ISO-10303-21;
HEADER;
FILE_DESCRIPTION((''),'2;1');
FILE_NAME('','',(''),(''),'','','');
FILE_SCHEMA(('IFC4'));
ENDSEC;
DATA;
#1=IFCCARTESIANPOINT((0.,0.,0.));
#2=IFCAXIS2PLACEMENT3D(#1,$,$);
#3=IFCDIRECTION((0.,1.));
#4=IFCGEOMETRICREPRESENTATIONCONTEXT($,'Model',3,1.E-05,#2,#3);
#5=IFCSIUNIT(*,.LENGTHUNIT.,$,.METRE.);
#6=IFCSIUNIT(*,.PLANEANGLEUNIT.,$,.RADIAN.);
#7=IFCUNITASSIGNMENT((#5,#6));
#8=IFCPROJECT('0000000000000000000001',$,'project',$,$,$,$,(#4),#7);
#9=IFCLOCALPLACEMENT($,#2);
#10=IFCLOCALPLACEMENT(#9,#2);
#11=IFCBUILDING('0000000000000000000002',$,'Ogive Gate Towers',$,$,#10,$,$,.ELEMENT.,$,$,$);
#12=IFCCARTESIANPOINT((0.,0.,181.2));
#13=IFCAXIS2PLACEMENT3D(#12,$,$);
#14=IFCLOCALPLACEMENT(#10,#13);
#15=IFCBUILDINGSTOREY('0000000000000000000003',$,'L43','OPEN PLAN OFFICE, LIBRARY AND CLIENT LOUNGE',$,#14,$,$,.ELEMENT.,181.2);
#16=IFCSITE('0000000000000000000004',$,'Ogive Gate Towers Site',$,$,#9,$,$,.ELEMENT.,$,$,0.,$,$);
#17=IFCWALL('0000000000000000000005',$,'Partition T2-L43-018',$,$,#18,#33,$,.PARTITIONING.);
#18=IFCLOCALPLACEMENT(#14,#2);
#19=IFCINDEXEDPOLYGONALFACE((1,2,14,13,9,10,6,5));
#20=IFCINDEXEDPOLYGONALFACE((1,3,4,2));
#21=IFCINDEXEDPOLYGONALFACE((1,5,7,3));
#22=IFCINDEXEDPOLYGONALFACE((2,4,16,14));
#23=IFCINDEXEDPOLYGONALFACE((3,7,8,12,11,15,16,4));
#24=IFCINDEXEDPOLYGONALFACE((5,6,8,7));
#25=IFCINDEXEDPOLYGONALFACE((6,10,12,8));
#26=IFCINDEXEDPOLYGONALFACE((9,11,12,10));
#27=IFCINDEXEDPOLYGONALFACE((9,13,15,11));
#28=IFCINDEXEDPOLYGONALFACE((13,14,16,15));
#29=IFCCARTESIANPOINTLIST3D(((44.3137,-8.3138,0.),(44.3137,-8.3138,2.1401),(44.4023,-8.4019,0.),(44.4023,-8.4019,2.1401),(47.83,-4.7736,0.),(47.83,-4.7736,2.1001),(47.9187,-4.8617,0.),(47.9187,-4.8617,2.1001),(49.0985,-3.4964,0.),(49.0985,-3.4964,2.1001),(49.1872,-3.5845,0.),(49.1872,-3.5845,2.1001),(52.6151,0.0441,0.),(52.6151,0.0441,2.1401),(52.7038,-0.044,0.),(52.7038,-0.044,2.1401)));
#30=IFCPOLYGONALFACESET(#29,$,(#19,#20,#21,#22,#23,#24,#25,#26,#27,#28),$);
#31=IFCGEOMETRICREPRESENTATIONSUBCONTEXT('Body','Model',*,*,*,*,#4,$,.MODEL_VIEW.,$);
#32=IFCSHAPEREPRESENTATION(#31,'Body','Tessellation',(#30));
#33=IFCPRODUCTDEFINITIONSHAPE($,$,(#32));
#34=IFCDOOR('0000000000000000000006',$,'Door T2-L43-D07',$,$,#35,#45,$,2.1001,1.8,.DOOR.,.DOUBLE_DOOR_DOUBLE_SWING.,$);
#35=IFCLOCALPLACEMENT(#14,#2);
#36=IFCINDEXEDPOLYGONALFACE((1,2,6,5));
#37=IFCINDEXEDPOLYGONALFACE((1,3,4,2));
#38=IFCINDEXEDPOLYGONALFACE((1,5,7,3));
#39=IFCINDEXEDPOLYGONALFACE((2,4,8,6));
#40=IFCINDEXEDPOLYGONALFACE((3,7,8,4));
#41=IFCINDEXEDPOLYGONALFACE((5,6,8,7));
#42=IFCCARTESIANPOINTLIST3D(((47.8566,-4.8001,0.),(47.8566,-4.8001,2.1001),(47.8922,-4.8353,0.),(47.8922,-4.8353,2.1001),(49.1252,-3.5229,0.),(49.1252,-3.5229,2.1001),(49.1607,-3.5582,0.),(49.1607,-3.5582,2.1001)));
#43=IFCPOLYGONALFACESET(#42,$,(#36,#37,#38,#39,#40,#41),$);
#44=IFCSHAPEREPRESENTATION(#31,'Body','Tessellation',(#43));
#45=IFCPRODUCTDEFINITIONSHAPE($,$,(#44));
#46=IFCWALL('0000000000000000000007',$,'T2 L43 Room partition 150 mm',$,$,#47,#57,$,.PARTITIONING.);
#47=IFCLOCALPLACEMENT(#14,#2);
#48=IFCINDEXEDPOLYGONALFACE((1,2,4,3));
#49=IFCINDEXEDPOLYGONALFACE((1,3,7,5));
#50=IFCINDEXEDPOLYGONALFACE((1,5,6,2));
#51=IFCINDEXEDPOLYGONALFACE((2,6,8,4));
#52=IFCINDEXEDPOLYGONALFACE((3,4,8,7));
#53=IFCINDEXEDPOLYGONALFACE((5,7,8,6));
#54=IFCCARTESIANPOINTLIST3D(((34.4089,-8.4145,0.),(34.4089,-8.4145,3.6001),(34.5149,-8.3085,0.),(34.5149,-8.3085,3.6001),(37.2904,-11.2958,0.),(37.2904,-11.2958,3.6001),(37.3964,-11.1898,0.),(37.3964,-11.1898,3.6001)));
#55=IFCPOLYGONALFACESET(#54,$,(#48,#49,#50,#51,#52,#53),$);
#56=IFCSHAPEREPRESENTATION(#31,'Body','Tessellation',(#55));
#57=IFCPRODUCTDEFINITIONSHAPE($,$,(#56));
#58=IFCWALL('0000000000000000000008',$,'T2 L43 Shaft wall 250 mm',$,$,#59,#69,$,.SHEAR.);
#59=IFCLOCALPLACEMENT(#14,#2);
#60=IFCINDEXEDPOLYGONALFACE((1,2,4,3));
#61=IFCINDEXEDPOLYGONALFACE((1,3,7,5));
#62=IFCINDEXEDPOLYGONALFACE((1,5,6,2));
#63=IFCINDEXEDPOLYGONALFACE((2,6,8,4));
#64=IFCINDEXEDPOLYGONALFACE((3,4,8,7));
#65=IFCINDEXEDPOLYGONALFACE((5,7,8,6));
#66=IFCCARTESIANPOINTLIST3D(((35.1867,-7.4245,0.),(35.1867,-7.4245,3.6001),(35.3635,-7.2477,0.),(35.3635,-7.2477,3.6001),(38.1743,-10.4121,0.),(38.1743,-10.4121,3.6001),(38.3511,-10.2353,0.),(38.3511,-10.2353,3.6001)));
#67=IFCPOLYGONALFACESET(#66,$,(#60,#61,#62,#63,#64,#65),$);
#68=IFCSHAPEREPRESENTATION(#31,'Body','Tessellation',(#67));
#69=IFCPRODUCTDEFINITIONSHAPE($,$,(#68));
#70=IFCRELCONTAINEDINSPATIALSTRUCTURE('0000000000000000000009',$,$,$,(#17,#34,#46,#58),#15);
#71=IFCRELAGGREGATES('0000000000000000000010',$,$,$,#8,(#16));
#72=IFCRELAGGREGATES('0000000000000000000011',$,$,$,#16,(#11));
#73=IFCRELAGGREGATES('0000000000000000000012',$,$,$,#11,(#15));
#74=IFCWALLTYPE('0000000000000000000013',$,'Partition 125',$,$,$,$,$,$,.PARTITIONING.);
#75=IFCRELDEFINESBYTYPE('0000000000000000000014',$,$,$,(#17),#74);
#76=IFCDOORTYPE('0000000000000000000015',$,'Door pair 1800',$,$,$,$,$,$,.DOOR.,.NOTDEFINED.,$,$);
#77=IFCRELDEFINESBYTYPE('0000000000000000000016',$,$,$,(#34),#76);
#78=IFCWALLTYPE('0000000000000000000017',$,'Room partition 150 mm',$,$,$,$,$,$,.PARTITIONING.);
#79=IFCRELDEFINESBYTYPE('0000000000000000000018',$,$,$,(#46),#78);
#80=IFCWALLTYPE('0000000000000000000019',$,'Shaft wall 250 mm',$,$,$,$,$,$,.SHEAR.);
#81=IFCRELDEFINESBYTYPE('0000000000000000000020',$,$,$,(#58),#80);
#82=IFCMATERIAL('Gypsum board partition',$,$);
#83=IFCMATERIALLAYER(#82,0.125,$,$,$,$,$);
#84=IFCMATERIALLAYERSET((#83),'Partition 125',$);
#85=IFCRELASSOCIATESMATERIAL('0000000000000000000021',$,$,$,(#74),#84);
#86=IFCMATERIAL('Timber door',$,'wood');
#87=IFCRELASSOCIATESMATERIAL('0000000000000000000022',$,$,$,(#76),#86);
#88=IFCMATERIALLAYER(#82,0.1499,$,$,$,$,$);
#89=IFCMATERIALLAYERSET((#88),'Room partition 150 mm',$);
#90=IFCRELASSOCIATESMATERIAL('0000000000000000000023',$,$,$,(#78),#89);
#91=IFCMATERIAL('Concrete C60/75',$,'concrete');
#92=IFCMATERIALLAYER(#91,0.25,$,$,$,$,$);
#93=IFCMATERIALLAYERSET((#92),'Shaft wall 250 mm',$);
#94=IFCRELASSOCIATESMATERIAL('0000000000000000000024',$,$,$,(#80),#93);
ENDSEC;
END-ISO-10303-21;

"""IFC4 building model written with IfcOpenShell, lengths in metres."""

from ifc_helpers import new_model, si_unit, direction, frame, frame_2d, origin, place, context, subcontext, project, spatial, rectangle, extrude, material, layer, layer_set, type_object, element, fill, save


model = new_model("IFC4")

# Units and contexts
model_context = context("Model", 3, precision=1e-05, world=origin(), true_north=direction((0.0, 1.0)))
body_context = subcontext(model_context, "Body", "Model", "MODEL_VIEW")
ifc_project = project(units=[si_unit("LENGTHUNIT", "METRE"), si_unit("PLANEANGLEUNIT", "RADIAN")], contexts=[model_context])

# Site, building, storey
site_placement = place(None, origin())
site = spatial("IfcSite", under=ifc_project, at=site_placement, Name="Ogive Gate Towers Site", CompositionType="ELEMENT", RefElevation=0.0)
building_placement = place(site_placement, origin())
building = spatial("IfcBuilding", under=site, at=building_placement, Name="Ogive Gate Towers", CompositionType="ELEMENT")
storey_placement = place(building_placement, frame((0.0, 0.0, 181.2)))
storey = spatial("IfcBuildingStorey", under=building, at=storey_placement, Name="L43", Description="OPEN PLAN OFFICE, LIBRARY AND CLIENT LOUNGE", CompositionType="ELEMENT", Elevation=181.2)

# Shared definitions
ifc_material_1 = material(Name="Concrete C60/75", Category="concrete")
ifc_material_2 = material(Name="Timber door", Category="wood")

# Shared definitions
ifc_material_3 = material(Name="Gypsum board partition")
ifc_layer_1 = layer(ifc_material_3, 0.125)
ifc_layer_set_1 = layer_set([ifc_layer_1], Name="Partition 125")
wall_type_1 = type_object("IfcWallType", Name="Partition 125", PredefinedType="PARTITIONING", material=ifc_layer_set_1)

# Wall, opening, door
door_type_1 = type_object("IfcDoorType", Name="Door pair 1800", OperationType="NOTDEFINED", PredefinedType="DOOR", material=ifc_material_2)
wall_1_placement = place(storey_placement, frame((44.3579, -8.3579, 0.0), z_axis=(0.0, 0.0, 1.0), x_axis=(0.704709, 0.709496, 0.0)))
wall_1 = element("IfcWall", 1, at=wall_1_placement, inside=storey, type_object=wall_type_1, Name="Partition T2-L43-018", PredefinedType="PARTITIONING", context=body_context, shape_type="SweptSolid", body=[
    extrude(rectangle(XDim=11.78, YDim=0.125, at=frame_2d((5.8901, 0.0))), origin(), (0.0, 0.0, 1.0), 2.1401),
])
opening_1_placement = place(wall_1_placement, frame((4.99, 0.0, 0.0)))
opening_1 = element("IfcOpeningElement", 2, at=opening_1_placement, cuts=wall_1, PredefinedType="OPENING", context=body_context, shape_type="SweptSolid", body=[
    extrude(rectangle(XDim=1.8, YDim=2.1001, at=frame_2d((0.8999, 1.05))), frame((0.0, 0.0725, 0.0), z_axis=(0.0, -1.0, 0.0), x_axis=(1.0, 0.0, 0.0)), (0.0, 0.0, 1.0), 0.145),
])
door_1_placement = place(opening_1_placement, origin())
door_1 = element("IfcDoor", 3, at=door_1_placement, inside=storey, type_object=door_type_1, Name="Door T2-L43-D07", OperationType="DOUBLE_DOOR_DOUBLE_SWING", OverallHeight=2.1001, OverallWidth=1.8, PredefinedType="DOOR", context=body_context, shape_type="SweptSolid", body=[
    extrude(rectangle(XDim=1.8, YDim=2.1001, at=frame_2d((0.8999, 1.05))), frame((0.0, 0.0249, 0.0), z_axis=(0.0, -1.0, 0.0), x_axis=(1.0, 0.0, 0.0)), (0.0, 0.0, 1.0), 0.05),
])
fill(opening_1, door_1)

# Walls
ifc_layer_2 = layer(ifc_material_3, 0.1499)
ifc_layer_set_2 = layer_set([ifc_layer_2], Name="Room partition 150 mm")
wall_type_2 = type_object("IfcWallType", Name="Room partition 150 mm", PredefinedType="PARTITIONING", material=ifc_layer_set_2)
wall_2_placement = place(storey_placement, frame((37.3435, -11.2429, 0.0), z_axis=(0.0, 0.0, 1.0), x_axis=(-0.707137, 0.707077, 0.0)))
element("IfcWall", 4, at=wall_2_placement, inside=storey, type_object=wall_type_2, Name="T2 L43 Room partition 150 mm", PredefinedType="PARTITIONING", context=body_context, shape_type="SweptSolid", body=[
    extrude(rectangle(XDim=4.075, YDim=0.1499, at=frame_2d((2.0376, 0.0))), origin(), (0.0, 0.0, 1.0), 3.6001),
])
ifc_layer_3 = layer(ifc_material_1, 0.25)
ifc_layer_set_3 = layer_set([ifc_layer_3], Name="Shaft wall 250 mm")
wall_type_3 = type_object("IfcWallType", Name="Shaft wall 250 mm", PredefinedType="SHEAR", material=ifc_layer_set_3)
wall_3_placement = place(storey_placement, frame((38.2627, -10.3237, 0.0), z_axis=(0.0, 0.0, 1.0), x_axis=(-0.707107, 0.707107, 0.0)))
element("IfcWall", 5, at=wall_3_placement, inside=storey, type_object=wall_type_3, Name="T2 L43 Shaft wall 250 mm", PredefinedType="SHEAR", context=body_context, shape_type="SweptSolid", body=[
    extrude(rectangle(XDim=4.2251, YDim=0.25, at=frame_2d((2.1125, 0.0))), origin(), (0.0, 0.0, 1.0), 3.6001),
])

save(model, "model.ifc")
